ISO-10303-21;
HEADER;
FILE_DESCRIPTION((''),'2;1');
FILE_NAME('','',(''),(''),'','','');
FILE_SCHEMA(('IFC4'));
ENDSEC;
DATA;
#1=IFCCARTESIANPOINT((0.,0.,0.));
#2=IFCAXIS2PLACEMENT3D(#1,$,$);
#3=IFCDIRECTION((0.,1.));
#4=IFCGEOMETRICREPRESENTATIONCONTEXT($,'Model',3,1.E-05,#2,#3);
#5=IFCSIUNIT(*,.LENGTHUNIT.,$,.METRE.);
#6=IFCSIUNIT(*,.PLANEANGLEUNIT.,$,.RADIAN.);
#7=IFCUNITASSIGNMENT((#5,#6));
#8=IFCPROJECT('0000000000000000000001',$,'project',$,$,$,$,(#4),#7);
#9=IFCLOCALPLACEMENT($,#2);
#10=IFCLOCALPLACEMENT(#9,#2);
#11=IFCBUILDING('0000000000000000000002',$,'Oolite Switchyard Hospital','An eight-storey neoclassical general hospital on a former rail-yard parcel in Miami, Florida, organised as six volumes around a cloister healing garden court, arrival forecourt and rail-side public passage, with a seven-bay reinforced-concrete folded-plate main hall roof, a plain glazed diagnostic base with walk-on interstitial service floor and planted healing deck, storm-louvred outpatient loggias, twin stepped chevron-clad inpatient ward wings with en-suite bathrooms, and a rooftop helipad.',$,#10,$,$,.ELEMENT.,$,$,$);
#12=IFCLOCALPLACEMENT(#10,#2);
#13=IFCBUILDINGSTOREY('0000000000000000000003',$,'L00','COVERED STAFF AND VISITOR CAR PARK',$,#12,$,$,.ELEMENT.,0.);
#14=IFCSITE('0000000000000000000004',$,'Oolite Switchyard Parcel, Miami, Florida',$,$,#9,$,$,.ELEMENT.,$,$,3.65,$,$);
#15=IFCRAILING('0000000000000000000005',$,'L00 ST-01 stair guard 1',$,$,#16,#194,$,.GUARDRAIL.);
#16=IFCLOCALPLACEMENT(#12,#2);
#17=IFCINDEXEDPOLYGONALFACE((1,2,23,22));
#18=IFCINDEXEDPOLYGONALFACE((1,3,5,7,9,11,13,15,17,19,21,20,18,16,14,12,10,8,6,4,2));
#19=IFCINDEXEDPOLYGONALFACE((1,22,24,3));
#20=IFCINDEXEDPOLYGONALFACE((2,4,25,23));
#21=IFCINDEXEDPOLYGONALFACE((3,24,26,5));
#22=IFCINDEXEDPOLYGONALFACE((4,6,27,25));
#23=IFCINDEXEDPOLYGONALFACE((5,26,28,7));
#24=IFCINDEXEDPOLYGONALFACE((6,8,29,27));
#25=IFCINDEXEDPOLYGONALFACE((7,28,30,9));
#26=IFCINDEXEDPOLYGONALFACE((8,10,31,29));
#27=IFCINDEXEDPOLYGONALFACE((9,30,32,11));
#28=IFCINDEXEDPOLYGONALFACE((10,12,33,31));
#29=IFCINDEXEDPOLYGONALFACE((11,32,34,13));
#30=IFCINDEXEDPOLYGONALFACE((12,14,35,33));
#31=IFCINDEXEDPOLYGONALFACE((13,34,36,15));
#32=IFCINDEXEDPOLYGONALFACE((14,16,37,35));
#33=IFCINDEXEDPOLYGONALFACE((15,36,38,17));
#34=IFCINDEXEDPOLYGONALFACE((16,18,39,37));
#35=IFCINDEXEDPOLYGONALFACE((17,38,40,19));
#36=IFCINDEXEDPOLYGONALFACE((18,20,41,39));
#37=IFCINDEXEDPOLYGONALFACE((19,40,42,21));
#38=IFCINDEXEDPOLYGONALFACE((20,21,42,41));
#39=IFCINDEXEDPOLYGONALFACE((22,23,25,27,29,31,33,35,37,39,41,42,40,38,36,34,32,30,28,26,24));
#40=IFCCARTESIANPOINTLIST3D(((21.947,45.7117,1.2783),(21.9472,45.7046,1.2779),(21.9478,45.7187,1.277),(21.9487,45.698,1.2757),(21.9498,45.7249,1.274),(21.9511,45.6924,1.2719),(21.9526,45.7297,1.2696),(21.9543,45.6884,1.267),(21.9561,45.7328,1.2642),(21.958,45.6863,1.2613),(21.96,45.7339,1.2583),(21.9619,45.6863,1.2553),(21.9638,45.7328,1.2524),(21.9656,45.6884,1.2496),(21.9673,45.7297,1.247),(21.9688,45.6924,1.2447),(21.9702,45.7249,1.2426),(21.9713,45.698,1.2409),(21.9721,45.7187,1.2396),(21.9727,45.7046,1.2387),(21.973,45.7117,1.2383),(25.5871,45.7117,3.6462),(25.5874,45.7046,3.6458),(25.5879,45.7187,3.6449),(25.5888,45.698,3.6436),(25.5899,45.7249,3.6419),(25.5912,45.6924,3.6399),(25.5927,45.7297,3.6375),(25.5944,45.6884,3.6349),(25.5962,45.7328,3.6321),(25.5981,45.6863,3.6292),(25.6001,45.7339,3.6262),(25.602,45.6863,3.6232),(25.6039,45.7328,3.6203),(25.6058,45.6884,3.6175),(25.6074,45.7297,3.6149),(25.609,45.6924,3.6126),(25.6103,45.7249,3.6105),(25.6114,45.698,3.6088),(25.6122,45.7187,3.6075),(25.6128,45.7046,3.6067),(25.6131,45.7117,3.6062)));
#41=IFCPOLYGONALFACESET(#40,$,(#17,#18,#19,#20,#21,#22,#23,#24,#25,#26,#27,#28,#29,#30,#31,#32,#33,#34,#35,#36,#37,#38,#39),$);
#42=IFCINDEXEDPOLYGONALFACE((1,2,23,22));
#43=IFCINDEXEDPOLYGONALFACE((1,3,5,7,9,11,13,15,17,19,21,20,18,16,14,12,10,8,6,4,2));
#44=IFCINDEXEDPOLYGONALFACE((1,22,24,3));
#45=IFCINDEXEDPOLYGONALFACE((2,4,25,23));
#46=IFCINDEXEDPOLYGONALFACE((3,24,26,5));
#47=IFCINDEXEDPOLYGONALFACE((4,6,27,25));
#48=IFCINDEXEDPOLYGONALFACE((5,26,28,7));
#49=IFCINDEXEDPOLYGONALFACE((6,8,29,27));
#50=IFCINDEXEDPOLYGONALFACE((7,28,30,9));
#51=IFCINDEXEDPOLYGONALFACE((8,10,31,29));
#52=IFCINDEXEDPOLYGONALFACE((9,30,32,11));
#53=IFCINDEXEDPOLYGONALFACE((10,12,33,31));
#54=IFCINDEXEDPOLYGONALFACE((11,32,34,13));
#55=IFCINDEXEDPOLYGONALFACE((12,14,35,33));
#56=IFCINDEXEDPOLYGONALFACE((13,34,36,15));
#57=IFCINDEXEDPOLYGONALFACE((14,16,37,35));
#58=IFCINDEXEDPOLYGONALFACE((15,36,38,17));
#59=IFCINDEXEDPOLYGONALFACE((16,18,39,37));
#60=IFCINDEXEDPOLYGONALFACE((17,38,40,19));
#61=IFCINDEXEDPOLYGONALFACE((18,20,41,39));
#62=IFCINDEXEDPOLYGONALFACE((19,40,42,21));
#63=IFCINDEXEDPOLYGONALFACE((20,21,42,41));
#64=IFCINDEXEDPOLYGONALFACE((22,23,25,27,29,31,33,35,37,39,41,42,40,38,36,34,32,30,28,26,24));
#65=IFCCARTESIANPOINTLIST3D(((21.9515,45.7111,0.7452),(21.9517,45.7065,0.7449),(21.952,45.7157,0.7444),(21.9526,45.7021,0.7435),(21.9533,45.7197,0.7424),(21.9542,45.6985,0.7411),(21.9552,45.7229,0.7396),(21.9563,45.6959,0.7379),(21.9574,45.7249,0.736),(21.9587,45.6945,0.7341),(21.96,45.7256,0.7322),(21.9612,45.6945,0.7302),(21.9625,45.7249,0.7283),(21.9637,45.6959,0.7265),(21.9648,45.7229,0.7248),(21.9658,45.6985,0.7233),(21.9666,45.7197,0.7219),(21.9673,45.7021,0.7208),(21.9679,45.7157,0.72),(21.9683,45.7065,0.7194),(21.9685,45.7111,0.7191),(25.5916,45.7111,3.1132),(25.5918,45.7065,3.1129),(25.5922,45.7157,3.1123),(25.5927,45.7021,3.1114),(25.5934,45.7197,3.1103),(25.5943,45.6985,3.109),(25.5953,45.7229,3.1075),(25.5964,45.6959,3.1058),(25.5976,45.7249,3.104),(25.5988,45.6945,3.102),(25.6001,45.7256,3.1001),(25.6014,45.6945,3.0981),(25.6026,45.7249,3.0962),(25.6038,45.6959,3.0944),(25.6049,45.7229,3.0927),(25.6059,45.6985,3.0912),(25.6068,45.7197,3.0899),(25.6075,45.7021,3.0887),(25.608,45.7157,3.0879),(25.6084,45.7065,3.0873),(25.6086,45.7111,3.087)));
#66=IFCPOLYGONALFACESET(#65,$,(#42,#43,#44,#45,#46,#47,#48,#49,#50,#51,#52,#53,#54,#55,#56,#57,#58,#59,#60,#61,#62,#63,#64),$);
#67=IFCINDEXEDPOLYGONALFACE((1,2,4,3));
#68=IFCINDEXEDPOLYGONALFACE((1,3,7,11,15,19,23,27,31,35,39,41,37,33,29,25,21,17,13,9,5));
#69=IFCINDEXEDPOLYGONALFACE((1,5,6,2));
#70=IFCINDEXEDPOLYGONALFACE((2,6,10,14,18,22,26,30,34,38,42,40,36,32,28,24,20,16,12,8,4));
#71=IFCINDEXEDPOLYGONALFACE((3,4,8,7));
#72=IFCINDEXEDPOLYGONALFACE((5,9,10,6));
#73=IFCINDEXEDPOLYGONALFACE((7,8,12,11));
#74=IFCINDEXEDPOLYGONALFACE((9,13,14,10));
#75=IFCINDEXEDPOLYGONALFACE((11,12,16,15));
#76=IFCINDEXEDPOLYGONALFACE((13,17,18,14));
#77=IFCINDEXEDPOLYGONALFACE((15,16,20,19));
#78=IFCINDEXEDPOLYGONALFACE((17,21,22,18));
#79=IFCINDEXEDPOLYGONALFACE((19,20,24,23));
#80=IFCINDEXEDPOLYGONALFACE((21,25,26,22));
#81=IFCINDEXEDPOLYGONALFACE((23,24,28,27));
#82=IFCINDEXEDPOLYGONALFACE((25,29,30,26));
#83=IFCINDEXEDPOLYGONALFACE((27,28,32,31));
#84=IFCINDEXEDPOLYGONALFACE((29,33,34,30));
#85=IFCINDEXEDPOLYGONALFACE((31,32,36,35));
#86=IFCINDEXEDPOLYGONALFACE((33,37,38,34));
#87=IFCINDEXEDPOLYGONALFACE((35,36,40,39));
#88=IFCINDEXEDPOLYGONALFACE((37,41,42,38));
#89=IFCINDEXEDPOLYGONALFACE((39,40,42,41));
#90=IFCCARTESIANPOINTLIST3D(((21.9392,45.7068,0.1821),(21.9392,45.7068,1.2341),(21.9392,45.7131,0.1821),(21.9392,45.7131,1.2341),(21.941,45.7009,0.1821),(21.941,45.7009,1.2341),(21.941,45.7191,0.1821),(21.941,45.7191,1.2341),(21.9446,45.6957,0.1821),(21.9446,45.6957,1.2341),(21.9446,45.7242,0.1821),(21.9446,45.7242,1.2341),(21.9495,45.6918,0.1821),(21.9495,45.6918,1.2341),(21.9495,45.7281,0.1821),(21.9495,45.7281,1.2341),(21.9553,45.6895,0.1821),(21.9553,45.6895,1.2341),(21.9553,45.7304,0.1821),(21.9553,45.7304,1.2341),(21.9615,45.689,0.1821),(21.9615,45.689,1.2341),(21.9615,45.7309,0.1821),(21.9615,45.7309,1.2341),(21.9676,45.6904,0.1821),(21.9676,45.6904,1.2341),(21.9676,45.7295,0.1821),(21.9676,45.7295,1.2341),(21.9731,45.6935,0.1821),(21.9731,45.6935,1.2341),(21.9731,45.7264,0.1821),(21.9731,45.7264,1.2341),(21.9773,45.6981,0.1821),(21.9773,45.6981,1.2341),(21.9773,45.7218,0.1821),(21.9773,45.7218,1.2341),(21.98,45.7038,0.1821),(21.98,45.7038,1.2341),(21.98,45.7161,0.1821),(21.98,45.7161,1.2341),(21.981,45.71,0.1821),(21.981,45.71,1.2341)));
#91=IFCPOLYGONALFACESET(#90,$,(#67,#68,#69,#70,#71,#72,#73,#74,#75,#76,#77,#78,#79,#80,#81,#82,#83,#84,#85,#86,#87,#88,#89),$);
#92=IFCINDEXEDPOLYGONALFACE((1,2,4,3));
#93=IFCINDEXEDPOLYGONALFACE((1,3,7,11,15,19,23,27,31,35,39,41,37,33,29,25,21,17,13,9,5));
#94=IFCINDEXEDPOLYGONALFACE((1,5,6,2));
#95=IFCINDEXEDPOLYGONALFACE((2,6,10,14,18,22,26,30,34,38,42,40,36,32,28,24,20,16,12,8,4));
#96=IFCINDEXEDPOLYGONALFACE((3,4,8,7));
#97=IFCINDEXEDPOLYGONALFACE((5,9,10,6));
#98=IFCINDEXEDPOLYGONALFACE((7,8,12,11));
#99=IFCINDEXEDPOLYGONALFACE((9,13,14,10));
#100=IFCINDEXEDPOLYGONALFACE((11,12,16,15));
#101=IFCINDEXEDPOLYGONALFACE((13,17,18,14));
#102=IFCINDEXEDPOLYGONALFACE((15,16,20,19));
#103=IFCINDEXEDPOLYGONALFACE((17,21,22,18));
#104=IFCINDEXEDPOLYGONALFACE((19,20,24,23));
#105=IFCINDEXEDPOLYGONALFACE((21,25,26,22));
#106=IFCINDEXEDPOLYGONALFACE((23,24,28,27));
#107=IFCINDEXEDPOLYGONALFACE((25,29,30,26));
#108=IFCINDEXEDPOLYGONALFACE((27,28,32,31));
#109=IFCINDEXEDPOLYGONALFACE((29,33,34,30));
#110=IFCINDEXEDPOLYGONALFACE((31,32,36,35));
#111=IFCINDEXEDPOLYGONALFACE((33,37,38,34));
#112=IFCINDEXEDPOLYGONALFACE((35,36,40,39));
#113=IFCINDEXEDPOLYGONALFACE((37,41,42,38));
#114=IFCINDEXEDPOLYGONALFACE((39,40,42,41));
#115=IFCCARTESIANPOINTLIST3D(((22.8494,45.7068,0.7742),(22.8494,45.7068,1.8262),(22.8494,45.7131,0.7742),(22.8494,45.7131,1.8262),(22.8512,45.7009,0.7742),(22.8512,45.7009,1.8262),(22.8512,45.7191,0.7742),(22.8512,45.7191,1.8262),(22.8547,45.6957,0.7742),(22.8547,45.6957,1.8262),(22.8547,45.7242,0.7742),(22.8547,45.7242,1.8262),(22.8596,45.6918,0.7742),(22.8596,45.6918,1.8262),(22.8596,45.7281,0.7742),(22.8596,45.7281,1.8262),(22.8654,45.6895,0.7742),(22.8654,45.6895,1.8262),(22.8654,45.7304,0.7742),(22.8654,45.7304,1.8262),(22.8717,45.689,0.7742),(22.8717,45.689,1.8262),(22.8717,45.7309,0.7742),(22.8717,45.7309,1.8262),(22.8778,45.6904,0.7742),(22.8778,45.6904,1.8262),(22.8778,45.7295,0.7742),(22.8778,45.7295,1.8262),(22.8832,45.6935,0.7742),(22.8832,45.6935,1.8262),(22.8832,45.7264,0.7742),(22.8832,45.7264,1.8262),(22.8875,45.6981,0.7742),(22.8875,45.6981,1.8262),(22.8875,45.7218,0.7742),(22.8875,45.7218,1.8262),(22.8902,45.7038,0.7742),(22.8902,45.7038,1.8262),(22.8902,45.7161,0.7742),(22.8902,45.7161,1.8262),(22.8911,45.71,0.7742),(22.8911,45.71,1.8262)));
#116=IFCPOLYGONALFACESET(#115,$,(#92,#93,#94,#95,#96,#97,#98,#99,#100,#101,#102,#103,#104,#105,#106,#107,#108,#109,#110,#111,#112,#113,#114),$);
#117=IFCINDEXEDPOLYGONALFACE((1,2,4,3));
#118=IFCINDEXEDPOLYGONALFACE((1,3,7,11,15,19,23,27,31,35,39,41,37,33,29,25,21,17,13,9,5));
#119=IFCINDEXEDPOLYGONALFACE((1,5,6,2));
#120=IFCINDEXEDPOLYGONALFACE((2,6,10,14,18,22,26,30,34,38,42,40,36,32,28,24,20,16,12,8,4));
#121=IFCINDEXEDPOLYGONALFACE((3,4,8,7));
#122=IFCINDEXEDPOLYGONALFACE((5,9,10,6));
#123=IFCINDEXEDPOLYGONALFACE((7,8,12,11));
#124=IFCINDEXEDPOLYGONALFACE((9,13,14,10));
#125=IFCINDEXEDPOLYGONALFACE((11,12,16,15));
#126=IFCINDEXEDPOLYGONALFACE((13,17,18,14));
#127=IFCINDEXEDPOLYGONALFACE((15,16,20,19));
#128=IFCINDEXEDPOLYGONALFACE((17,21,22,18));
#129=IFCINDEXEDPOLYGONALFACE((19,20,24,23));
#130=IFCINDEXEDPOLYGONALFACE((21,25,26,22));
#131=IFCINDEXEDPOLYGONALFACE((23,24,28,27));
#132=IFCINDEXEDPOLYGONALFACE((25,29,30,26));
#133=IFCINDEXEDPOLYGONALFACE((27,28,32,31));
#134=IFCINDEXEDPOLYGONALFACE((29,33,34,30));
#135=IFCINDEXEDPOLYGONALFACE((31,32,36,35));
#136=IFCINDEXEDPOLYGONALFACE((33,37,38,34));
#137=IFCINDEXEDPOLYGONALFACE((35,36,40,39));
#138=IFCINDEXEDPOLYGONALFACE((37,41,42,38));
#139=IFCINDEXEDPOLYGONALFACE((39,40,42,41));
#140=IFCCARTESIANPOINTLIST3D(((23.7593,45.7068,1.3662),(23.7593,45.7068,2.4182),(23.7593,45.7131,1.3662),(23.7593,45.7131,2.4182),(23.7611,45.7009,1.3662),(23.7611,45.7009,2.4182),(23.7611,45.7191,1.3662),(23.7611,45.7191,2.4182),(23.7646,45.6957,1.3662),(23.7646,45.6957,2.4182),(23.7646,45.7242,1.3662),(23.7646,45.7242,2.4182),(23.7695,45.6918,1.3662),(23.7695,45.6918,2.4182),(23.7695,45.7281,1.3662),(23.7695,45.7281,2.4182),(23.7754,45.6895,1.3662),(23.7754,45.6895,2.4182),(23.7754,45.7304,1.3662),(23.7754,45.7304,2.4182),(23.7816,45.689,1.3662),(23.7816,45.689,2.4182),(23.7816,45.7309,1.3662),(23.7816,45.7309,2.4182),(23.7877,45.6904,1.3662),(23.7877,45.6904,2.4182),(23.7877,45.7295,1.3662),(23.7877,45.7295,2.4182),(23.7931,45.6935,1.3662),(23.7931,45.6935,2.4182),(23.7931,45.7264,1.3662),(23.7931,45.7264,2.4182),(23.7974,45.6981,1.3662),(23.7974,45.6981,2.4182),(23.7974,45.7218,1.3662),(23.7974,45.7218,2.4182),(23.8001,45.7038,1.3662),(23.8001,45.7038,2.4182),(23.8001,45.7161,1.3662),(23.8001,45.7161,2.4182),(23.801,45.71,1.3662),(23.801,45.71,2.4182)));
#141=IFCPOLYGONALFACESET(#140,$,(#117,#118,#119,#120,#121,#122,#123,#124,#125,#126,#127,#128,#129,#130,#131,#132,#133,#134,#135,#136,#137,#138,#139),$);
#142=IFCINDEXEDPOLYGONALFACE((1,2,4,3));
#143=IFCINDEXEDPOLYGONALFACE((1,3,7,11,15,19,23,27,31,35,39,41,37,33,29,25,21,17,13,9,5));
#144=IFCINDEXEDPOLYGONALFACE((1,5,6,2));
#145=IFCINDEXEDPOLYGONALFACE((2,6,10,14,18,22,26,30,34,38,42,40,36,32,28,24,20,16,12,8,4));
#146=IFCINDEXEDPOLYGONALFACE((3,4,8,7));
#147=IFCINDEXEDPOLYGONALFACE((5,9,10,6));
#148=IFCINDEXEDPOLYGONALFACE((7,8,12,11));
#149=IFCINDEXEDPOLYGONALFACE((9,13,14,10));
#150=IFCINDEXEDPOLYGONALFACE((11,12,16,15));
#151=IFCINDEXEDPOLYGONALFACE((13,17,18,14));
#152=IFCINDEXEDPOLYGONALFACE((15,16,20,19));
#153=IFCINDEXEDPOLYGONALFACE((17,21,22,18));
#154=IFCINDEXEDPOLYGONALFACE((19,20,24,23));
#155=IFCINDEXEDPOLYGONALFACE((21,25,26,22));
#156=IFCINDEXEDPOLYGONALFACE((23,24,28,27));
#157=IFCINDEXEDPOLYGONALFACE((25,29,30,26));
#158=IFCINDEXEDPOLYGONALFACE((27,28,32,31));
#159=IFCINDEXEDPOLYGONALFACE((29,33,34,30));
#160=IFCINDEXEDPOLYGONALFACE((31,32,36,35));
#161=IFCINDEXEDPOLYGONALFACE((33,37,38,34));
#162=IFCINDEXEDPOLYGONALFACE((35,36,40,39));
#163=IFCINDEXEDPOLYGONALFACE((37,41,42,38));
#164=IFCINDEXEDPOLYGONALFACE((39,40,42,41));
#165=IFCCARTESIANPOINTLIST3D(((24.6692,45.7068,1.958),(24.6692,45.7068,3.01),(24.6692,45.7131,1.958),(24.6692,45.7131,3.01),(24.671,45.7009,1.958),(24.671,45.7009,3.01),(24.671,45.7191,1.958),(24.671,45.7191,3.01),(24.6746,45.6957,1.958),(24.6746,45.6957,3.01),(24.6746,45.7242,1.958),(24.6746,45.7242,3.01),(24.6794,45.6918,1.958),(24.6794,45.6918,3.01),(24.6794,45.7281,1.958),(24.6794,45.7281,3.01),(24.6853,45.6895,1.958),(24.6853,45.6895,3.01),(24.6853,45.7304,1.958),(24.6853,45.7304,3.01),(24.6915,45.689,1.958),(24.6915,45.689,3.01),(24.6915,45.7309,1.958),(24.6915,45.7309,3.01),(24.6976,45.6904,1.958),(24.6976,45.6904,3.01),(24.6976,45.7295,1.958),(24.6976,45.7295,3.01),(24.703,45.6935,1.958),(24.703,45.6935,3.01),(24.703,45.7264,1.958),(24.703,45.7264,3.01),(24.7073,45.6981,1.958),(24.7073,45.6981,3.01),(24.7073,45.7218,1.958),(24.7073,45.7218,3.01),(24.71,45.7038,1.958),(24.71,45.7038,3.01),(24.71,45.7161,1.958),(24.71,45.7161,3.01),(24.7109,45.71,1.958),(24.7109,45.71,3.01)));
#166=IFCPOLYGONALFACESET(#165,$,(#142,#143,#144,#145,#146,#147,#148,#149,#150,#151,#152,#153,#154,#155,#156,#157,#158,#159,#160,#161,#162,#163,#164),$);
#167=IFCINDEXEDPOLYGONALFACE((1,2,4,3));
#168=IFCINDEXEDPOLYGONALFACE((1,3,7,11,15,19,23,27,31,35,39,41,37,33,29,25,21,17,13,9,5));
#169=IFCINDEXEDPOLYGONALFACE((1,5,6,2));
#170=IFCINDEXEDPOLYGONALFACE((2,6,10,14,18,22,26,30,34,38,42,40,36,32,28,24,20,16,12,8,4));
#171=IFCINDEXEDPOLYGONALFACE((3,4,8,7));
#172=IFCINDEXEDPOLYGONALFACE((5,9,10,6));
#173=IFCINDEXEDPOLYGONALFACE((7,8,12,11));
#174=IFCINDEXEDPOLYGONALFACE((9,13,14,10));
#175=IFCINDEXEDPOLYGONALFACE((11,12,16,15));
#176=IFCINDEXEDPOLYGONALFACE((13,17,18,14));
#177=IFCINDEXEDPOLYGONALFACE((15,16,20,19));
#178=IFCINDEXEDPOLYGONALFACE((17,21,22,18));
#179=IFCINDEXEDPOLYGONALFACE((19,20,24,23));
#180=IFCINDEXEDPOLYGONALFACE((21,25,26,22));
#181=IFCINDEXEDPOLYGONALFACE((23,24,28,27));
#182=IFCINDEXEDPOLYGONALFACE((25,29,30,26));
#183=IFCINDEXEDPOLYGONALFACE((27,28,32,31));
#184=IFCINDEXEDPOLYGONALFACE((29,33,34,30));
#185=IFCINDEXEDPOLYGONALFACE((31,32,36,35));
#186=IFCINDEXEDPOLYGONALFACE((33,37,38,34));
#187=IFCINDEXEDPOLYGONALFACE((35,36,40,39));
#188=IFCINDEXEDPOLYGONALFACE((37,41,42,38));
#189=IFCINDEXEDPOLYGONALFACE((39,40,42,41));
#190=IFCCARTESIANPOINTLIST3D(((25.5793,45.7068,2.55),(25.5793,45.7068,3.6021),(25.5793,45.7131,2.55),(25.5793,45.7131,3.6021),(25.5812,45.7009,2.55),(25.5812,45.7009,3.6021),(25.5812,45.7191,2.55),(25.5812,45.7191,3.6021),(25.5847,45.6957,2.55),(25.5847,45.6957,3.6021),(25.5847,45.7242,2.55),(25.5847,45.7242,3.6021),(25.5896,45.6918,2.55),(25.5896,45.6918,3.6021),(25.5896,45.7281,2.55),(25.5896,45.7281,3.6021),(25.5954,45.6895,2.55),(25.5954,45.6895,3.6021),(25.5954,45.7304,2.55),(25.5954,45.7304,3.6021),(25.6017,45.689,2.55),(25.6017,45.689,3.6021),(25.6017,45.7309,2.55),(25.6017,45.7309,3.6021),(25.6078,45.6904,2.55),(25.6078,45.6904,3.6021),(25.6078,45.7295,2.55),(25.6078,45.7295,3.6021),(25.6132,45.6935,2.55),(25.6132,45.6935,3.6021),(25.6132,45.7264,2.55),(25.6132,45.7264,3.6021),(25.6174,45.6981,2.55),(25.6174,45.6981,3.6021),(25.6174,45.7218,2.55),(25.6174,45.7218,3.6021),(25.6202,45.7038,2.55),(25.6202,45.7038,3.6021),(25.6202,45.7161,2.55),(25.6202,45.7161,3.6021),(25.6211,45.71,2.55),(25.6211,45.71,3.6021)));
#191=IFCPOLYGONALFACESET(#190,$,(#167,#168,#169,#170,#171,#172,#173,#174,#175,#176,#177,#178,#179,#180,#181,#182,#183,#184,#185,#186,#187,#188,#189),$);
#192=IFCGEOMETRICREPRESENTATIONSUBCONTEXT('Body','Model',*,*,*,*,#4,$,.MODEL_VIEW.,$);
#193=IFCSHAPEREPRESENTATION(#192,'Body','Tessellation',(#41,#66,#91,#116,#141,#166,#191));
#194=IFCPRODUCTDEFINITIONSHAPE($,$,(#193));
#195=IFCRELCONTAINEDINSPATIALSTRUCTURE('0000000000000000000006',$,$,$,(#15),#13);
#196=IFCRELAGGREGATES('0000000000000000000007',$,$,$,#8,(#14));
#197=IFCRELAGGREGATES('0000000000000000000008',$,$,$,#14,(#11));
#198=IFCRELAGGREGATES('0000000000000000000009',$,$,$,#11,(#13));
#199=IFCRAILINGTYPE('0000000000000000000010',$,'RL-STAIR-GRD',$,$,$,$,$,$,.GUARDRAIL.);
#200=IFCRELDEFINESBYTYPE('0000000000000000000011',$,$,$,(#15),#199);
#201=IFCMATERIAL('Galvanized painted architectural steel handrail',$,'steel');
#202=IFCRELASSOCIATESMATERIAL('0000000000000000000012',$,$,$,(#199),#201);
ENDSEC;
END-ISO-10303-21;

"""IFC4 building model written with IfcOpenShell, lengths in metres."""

from ifc_helpers import new_model, si_unit, direction, frame, origin, origin_2d, place, context, subcontext, project, spatial, circle, extrude, material, type_object, element, save


model = new_model("IFC4")

# Units and contexts
model_context = context("Model", 3, precision=1e-05, world=origin(), true_north=direction((0.0, 1.0)))
body_context = subcontext(model_context, "Body", "Model", "MODEL_VIEW")
ifc_project = project(units=[si_unit("LENGTHUNIT", "METRE"), si_unit("PLANEANGLEUNIT", "RADIAN")], contexts=[model_context])

# Site, building, storey
site_placement = place(None, origin())
site = spatial("IfcSite", under=ifc_project, at=site_placement, Name="Oolite Switchyard Parcel, Miami, Florida", CompositionType="ELEMENT", RefElevation=3.65)
building_placement = place(site_placement, origin())
building = spatial("IfcBuilding", under=site, at=building_placement, Name="Oolite Switchyard Hospital", Description="An eight-storey neoclassical general hospital on a former rail-yard parcel in Miami, Florida, organised as six volumes around a cloister healing garden court, arrival forecourt and rail-side public passage, with a seven-bay reinforced-concrete folded-plate main hall roof, a plain glazed diagnostic base with walk-on interstitial service floor and planted healing deck, storm-louvred outpatient loggias, twin stepped chevron-clad inpatient ward wings with en-suite bathrooms, and a rooftop helipad.", CompositionType="ELEMENT")
storey_placement = place(building_placement, origin())
storey = spatial("IfcBuildingStorey", under=building, at=storey_placement, Name="L00", Description="COVERED STAFF AND VISITOR CAR PARK", CompositionType="ELEMENT", Elevation=0.0)

# Railing
ifc_material_1 = material(Name="Galvanized painted architectural steel handrail", Category="steel")
railing_type_1 = type_object("IfcRailingType", Name="RL-STAIR-GRD", PredefinedType="GUARDRAIL", material=ifc_material_1)
railing_1_placement = place(storey_placement, frame((21.96, 45.71, 0.1821)))
element("IfcRailing", 1, at=railing_1_placement, inside=storey, type_object=railing_type_1, Name="L00 ST-01 stair guard 1", PredefinedType="GUARDRAIL", context=body_context, shape_type="SweptSolid", body=[
    extrude(circle(Radius=0.0239, at=origin_2d()), frame((0.0, 0.0, 1.0762), z_axis=(0.838251, 0.0, 0.545285), x_axis=(0.0, 1.0, 0.0)), (0.0, 0.0, 1.0), 4.3425),
    extrude(circle(Radius=0.0156, at=origin_2d()), frame((0.0, 0.0, 0.55), z_axis=(0.838251, 0.0, 0.545285), x_axis=(0.0, 1.0, 0.0)), (0.0, 0.0, 1.0), 4.3425),
    extrude(circle(Radius=0.021, at=origin_2d()), origin(), (0.0, 0.0, 1.0), 1.052),
    extrude(circle(Radius=0.021, at=origin_2d()), frame((0.9102, 0.0, 0.592)), (0.0, 0.0, 1.0), 1.052),
    extrude(circle(Radius=0.021, at=origin_2d()), frame((1.8201, 0.0, 1.1841)), (0.0, 0.0, 1.0), 1.052),
    extrude(circle(Radius=0.021, at=origin_2d()), frame((2.73, 0.0, 1.7759)), (0.0, 0.0, 1.0), 1.052),
    extrude(circle(Radius=0.021, at=origin_2d()), frame((3.6401, 0.0, 2.3679)), (0.0, 0.0, 1.0), 1.052),
])

save(model, "model.ifc")
